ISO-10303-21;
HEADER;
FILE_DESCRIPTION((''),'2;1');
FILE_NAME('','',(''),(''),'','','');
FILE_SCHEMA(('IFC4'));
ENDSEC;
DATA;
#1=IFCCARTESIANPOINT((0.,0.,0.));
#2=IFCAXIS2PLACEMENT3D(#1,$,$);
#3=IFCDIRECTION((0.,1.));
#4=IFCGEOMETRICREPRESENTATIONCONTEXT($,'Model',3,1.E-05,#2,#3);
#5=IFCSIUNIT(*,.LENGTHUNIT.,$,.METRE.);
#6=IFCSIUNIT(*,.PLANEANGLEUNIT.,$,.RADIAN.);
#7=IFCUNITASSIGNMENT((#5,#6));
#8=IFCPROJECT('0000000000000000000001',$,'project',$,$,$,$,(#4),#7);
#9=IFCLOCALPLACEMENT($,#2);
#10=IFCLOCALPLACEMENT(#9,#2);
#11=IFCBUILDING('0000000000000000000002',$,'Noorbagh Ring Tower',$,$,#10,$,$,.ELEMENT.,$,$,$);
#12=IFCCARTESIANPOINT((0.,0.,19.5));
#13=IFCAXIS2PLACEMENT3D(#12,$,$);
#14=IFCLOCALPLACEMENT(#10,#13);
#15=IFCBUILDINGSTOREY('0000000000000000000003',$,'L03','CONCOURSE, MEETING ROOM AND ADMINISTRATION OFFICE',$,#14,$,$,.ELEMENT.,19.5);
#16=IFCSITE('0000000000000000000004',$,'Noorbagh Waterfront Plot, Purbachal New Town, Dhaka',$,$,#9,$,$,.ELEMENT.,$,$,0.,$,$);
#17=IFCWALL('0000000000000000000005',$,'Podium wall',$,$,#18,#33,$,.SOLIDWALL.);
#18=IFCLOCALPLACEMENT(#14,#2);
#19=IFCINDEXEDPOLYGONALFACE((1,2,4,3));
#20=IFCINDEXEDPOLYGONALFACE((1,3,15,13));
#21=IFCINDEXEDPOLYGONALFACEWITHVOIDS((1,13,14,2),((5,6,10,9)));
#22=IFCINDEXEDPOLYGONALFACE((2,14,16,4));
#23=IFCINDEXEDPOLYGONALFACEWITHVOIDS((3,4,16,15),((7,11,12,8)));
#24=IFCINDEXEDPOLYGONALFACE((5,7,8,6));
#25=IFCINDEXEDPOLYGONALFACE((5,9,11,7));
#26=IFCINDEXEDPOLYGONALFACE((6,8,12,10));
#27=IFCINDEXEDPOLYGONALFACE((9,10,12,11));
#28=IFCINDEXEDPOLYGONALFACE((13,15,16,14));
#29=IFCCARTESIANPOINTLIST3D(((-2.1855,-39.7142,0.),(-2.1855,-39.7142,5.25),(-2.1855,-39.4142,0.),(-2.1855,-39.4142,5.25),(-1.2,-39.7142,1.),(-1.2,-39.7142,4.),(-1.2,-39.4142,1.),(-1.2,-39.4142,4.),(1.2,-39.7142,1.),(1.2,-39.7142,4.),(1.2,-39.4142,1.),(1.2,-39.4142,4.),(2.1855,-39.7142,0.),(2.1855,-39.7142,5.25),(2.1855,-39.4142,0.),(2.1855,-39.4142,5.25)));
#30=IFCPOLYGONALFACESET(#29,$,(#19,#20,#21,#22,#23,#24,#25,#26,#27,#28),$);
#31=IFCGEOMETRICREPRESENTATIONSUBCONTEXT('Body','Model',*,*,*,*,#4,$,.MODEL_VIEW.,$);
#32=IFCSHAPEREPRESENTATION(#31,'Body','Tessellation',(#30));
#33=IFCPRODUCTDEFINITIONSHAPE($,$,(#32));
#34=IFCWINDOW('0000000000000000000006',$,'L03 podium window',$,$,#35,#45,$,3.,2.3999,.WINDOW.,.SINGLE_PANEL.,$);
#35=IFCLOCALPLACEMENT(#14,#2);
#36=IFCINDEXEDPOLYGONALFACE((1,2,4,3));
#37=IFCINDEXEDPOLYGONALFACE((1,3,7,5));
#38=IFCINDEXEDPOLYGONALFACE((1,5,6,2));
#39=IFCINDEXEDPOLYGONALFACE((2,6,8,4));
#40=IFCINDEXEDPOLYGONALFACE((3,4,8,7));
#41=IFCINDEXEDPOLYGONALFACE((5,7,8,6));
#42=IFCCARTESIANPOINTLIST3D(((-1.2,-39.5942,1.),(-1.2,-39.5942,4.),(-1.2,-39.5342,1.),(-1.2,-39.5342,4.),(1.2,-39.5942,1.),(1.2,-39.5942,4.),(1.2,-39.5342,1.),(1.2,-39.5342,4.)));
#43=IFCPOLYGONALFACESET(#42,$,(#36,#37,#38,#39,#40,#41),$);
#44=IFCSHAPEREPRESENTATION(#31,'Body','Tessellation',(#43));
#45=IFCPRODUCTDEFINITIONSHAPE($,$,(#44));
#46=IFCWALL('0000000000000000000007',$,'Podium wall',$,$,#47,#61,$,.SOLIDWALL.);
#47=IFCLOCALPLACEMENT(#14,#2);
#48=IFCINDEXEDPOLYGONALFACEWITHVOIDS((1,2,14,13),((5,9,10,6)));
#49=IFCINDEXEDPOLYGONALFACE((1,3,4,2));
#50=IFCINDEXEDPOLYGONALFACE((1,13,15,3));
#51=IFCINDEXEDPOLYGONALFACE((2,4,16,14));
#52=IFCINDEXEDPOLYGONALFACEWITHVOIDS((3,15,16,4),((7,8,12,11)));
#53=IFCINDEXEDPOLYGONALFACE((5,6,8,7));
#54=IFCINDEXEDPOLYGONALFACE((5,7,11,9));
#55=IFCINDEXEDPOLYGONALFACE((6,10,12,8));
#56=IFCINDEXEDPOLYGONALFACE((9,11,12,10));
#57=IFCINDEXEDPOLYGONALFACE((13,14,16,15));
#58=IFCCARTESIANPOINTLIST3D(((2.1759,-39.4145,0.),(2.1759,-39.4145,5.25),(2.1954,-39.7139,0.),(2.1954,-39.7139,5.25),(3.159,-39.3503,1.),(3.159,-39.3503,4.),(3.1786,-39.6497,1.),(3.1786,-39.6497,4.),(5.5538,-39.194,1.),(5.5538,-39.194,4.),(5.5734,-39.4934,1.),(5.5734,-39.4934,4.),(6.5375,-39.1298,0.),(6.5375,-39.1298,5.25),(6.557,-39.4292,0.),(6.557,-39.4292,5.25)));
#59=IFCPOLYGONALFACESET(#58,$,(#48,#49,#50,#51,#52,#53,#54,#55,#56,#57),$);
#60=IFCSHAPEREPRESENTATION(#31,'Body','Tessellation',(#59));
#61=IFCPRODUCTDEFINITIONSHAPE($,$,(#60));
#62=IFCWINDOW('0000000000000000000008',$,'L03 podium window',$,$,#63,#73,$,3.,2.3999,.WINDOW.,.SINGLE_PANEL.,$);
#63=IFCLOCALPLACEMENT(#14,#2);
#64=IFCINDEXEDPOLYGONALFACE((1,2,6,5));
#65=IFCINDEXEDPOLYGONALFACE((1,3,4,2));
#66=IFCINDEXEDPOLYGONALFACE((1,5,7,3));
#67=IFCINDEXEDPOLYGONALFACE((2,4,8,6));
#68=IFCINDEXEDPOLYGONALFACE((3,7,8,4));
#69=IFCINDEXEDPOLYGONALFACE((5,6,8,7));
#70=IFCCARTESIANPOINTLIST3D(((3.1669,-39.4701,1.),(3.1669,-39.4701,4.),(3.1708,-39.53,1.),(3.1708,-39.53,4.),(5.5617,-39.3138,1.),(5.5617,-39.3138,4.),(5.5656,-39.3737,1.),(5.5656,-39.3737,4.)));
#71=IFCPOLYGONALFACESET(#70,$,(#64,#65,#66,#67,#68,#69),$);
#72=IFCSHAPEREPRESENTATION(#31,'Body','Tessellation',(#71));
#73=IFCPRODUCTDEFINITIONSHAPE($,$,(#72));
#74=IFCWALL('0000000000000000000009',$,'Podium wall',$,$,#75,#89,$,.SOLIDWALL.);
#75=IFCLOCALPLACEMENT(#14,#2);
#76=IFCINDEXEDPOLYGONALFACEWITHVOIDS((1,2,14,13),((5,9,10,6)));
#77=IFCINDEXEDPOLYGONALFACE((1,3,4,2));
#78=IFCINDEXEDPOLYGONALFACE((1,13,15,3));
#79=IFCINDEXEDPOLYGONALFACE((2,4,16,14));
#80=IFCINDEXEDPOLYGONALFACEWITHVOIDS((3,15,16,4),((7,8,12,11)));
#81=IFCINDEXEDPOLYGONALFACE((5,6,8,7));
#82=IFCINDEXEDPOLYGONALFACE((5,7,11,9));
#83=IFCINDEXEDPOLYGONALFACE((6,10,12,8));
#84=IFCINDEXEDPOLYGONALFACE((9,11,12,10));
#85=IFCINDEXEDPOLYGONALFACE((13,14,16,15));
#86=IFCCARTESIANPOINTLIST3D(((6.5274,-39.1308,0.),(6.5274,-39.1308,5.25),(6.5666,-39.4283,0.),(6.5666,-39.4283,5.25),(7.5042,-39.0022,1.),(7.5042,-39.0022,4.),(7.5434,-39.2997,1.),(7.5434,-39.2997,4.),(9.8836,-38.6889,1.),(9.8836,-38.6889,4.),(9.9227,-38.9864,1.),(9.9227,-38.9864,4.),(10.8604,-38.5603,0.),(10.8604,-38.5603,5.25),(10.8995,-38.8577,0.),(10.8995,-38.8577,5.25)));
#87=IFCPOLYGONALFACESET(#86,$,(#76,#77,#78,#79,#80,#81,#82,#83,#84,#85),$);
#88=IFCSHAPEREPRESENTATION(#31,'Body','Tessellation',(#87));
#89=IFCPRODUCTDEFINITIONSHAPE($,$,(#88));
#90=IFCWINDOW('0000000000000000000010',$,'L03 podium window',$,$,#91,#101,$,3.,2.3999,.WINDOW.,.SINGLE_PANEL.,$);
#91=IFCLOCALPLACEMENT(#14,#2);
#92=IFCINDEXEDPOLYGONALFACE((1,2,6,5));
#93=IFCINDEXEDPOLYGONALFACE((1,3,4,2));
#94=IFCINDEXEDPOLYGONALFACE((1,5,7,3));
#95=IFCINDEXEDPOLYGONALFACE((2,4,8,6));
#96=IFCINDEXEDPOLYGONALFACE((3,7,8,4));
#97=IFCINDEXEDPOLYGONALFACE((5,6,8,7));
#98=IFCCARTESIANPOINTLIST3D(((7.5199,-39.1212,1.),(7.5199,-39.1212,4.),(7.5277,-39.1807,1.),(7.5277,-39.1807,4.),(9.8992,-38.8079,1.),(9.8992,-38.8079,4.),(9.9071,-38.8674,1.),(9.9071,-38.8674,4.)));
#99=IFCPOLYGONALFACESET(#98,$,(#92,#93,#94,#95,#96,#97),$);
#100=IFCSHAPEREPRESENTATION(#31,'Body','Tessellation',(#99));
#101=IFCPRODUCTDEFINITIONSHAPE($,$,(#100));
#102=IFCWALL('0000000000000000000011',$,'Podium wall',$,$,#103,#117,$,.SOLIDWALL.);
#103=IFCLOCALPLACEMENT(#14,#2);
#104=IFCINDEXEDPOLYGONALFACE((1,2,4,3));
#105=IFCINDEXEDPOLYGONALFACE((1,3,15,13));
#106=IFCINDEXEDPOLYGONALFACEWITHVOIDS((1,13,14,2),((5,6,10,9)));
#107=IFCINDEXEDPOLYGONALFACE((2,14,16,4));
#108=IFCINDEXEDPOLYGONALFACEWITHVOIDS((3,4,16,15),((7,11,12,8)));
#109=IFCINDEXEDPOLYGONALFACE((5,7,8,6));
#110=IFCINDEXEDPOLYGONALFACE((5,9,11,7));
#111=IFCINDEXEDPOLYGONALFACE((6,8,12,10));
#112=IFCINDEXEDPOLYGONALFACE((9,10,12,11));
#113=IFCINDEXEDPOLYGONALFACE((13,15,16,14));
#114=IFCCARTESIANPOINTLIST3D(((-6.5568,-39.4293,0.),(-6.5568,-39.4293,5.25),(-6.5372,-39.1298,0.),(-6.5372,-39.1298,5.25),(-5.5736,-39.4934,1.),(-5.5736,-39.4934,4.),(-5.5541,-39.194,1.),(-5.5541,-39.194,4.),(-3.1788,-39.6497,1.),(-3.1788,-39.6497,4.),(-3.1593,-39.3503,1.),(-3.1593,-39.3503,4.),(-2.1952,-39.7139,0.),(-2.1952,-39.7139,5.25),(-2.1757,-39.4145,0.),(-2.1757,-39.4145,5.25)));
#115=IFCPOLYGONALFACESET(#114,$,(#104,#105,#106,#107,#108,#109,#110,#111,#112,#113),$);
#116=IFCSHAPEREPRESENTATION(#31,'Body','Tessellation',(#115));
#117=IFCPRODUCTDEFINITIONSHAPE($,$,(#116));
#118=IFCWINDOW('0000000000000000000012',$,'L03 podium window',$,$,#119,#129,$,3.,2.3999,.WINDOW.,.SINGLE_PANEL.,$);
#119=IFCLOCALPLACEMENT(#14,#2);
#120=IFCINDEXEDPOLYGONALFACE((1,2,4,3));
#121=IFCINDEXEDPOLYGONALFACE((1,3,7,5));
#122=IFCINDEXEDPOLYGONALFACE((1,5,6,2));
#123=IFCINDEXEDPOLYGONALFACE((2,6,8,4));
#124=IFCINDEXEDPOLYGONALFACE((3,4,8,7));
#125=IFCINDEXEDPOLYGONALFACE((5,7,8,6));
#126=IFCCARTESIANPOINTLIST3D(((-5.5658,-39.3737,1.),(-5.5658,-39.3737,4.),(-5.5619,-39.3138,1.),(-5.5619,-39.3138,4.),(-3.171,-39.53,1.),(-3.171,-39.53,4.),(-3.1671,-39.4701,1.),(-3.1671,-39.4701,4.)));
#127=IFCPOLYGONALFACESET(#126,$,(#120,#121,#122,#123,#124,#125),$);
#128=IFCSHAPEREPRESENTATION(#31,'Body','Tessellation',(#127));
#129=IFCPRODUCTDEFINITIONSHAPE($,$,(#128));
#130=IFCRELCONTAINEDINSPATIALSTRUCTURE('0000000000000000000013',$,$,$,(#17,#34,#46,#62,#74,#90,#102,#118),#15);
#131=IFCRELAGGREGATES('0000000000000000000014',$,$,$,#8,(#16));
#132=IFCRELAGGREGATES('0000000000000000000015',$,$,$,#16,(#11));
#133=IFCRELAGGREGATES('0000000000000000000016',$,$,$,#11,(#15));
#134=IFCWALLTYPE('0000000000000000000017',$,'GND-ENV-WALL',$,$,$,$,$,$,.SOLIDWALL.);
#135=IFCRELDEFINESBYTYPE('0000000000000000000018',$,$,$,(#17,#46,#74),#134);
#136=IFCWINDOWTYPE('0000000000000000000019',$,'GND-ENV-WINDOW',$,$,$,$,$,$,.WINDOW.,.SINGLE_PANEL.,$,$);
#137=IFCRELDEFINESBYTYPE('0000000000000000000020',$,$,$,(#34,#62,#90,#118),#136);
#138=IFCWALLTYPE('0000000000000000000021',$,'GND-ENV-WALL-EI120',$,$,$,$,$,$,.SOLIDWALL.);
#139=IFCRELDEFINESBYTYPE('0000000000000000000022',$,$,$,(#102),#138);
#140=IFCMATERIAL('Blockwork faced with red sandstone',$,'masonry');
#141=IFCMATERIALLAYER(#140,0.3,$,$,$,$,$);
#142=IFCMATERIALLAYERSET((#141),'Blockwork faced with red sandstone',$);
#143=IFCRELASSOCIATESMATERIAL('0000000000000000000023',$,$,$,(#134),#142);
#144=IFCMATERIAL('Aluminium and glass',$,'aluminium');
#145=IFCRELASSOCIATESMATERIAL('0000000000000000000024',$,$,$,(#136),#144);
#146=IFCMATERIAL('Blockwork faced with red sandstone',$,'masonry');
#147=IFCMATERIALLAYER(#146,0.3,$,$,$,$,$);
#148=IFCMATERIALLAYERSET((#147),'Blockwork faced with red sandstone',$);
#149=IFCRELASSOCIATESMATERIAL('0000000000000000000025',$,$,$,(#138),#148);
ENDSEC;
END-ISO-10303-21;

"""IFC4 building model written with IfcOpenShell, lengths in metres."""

from ifc_helpers import new_model, si_unit, direction, frame, frame_2d, origin, place, context, subcontext, project, spatial, rectangle, extrude, material, layer, layer_set, type_object, element, fill, save


model = new_model("IFC4")

# Units and contexts
model_context = context("Model", 3, precision=1e-05, world=origin(), true_north=direction((0.0, 1.0)))
body_context = subcontext(model_context, "Body", "Model", "MODEL_VIEW")
ifc_project = project(units=[si_unit("LENGTHUNIT", "METRE"), si_unit("PLANEANGLEUNIT", "RADIAN")], contexts=[model_context])

# Site, building, storey
site_placement = place(None, origin())
site = spatial("IfcSite", under=ifc_project, at=site_placement, Name="Noorbagh Waterfront Plot, Purbachal New Town, Dhaka", CompositionType="ELEMENT", RefElevation=0.0)
building_placement = place(site_placement, origin())
building = spatial("IfcBuilding", under=site, at=building_placement, Name="Noorbagh Ring Tower", CompositionType="ELEMENT")
storey_placement = place(building_placement, frame((0.0, 0.0, 19.5)))
storey = spatial("IfcBuildingStorey", under=building, at=storey_placement, Name="L03", Description="CONCOURSE, MEETING ROOM AND ADMINISTRATION OFFICE", CompositionType="ELEMENT", Elevation=19.5)

# Walls, openings, windows
ifc_material_1 = material(Name="Blockwork faced with red sandstone", Category="masonry")
ifc_layer_1 = layer(ifc_material_1, 0.3)
ifc_layer_set_1 = layer_set([ifc_layer_1], Name="Blockwork faced with red sandstone")
wall_type_1 = type_object("IfcWallType", Name="GND-ENV-WALL", PredefinedType="SOLIDWALL", material=ifc_layer_set_1)
wall_1_placement = place(storey_placement, frame((-2.1855, -39.5642, 0.0), z_axis=(0.0, 0.0, 1.0), x_axis=(1.0, 0.0, 0.0)))
wall_1 = element("IfcWall", 1, at=wall_1_placement, inside=storey, type_object=wall_type_1, Name="Podium wall", PredefinedType="SOLIDWALL", context=body_context, shape_type="SweptSolid", body=[
    extrude(rectangle(XDim=4.3711, YDim=0.3, at=frame_2d((2.1855, 0.0))), origin(), (0.0, 0.0, 1.0), 5.25),
])
opening_1_placement = place(wall_1_placement, frame((0.9856, 0.0, 1.0)))
opening_1 = element("IfcOpeningElement", 2, at=opening_1_placement, cuts=wall_1, PredefinedType="OPENING", context=body_context, shape_type="SweptSolid", body=[
    extrude(rectangle(XDim=2.3999, YDim=3.0, at=frame_2d((1.2, 1.5))), frame((0.0, 0.1602, 0.0), z_axis=(0.0, -1.0, 0.0), x_axis=(1.0, 0.0, 0.0)), (0.0, 0.0, 1.0), 0.3201),
])
ifc_material_2 = material(Name="Aluminium and glass", Category="aluminium")
window_type = type_object("IfcWindowType", Name="GND-ENV-WINDOW", PartitioningType="SINGLE_PANEL", PredefinedType="WINDOW", material=ifc_material_2)
window_1_placement = place(opening_1_placement, origin())
window_1 = element("IfcWindow", 3, at=window_1_placement, inside=storey, type_object=window_type, Name="L03 podium window", OverallHeight=3.0, OverallWidth=2.3999, PartitioningType="SINGLE_PANEL", PredefinedType="WINDOW", context=body_context, shape_type="SweptSolid", body=[
    extrude(rectangle(XDim=2.3999, YDim=3.0, at=frame_2d((1.2, 1.5))), frame((0.0, 0.03, 0.0), z_axis=(0.0, -1.0, 0.0), x_axis=(1.0, 0.0, 0.0)), (0.0, 0.0, 1.0), 0.0601),
])
fill(opening_1, window_1)
wall_2_placement = place(storey_placement, frame((2.1855, -39.5642, 0.0), z_axis=(0.0, 0.0, 1.0), x_axis=(0.997877, 0.065129, 0.0)))
wall_2 = element("IfcWall", 4, at=wall_2_placement, inside=storey, type_object=wall_type_1, Name="Podium wall", PredefinedType="SOLIDWALL", context=body_context, shape_type="SweptSolid", body=[
    extrude(rectangle(XDim=4.3708, YDim=0.3, at=frame_2d((2.1855, 0.0))), origin(), (0.0, 0.0, 1.0), 5.25),
])
opening_2_placement = place(wall_2_placement, frame((0.9854, 0.0, 1.0)))
opening_2 = element("IfcOpeningElement", 5, at=opening_2_placement, cuts=wall_2, PredefinedType="OPENING", context=body_context, shape_type="SweptSolid", body=[
    extrude(rectangle(XDim=2.3999, YDim=3.0, at=frame_2d((1.2, 1.5))), frame((0.0, 0.1602, 0.0), z_axis=(0.0, -1.0, 0.0), x_axis=(1.0, 0.0, 0.0)), (0.0, 0.0, 1.0), 0.3201),
])
window_2_placement = place(opening_2_placement, origin())
window_2 = element("IfcWindow", 6, at=window_2_placement, inside=storey, type_object=window_type, Name="L03 podium window", OverallHeight=3.0, OverallWidth=2.3999, PartitioningType="SINGLE_PANEL", PredefinedType="WINDOW", context=body_context, shape_type="SweptSolid", body=[
    extrude(rectangle(XDim=2.3999, YDim=3.0, at=frame_2d((1.2, 1.5))), frame((0.0, 0.03, 0.0), z_axis=(0.0, -1.0, 0.0), x_axis=(1.0, 0.0, 0.0)), (0.0, 0.0, 1.0), 0.0601),
])
fill(opening_2, window_2)
wall_3_placement = place(storey_placement, frame((6.5471, -39.2795, 0.0), z_axis=(0.0, 0.0, 1.0), x_axis=(0.991442, 0.13055, 0.0)))
wall_3 = element("IfcWall", 7, at=wall_3_placement, inside=storey, type_object=wall_type_1, Name="Podium wall", PredefinedType="SOLIDWALL", context=body_context, shape_type="SweptSolid", body=[
    extrude(rectangle(XDim=4.3704, YDim=0.3, at=frame_2d((2.1851, 0.0))), origin(), (0.0, 0.0, 1.0), 5.25),
])
opening_3_placement = place(wall_3_placement, frame((0.9851, 0.0, 1.0)))
opening_3 = element("IfcOpeningElement", 8, at=opening_3_placement, cuts=wall_3, PredefinedType="OPENING", context=body_context, shape_type="SweptSolid", body=[
    extrude(rectangle(XDim=2.3999, YDim=3.0, at=frame_2d((1.2, 1.5))), frame((0.0, 0.1602, 0.0), z_axis=(0.0, -1.0, 0.0), x_axis=(1.0, 0.0, 0.0)), (0.0, 0.0, 1.0), 0.3201),
])
window_3_placement = place(opening_3_placement, origin())
window_3 = element("IfcWindow", 9, at=window_3_placement, inside=storey, type_object=window_type, Name="L03 podium window", OverallHeight=3.0, OverallWidth=2.3999, PartitioningType="SINGLE_PANEL", PredefinedType="WINDOW", context=body_context, shape_type="SweptSolid", body=[
    extrude(rectangle(XDim=2.3999, YDim=3.0, at=frame_2d((1.2, 1.5))), frame((0.0, 0.03, 0.0), z_axis=(0.0, -1.0, 0.0), x_axis=(1.0, 0.0, 0.0)), (0.0, 0.0, 1.0), 0.0601),
])
fill(opening_3, window_3)
ifc_material_3 = material(Name="Blockwork faced with red sandstone", Category="masonry")
ifc_layer_2 = layer(ifc_material_3, 0.3)
ifc_layer_set_2 = layer_set([ifc_layer_2], Name="Blockwork faced with red sandstone")
wall_type_2 = type_object("IfcWallType", Name="GND-ENV-WALL-EI120", PredefinedType="SOLIDWALL", material=ifc_layer_set_2)
wall_4_placement = place(storey_placement, frame((-6.5471, -39.2795, 0.0), z_axis=(0.0, 0.0, 1.0), x_axis=(0.997877, -0.065129, 0.0)))
wall_4 = element("IfcWall", 10, at=wall_4_placement, inside=storey, type_object=wall_type_2, Name="Podium wall", PredefinedType="SOLIDWALL", context=body_context, shape_type="SweptSolid", body=[
    extrude(rectangle(XDim=4.3708, YDim=0.3, at=frame_2d((2.1855, 0.0))), origin(), (0.0, 0.0, 1.0), 5.25),
])
opening_4_placement = place(wall_4_placement, frame((0.9854, 0.0, 1.0)))
opening_4 = element("IfcOpeningElement", 11, at=opening_4_placement, cuts=wall_4, PredefinedType="OPENING", context=body_context, shape_type="SweptSolid", body=[
    extrude(rectangle(XDim=2.3999, YDim=3.0, at=frame_2d((1.2, 1.5))), frame((0.0, 0.1602, 0.0), z_axis=(0.0, -1.0, 0.0), x_axis=(1.0, 0.0, 0.0)), (0.0, 0.0, 1.0), 0.3201),
])
window_4_placement = place(opening_4_placement, origin())
window_4 = element("IfcWindow", 12, at=window_4_placement, inside=storey, type_object=window_type, Name="L03 podium window", OverallHeight=3.0, OverallWidth=2.3999, PartitioningType="SINGLE_PANEL", PredefinedType="WINDOW", context=body_context, shape_type="SweptSolid", body=[
    extrude(rectangle(XDim=2.3999, YDim=3.0, at=frame_2d((1.2, 1.5))), frame((0.0, 0.03, 0.0), z_axis=(0.0, -1.0, 0.0), x_axis=(1.0, 0.0, 0.0)), (0.0, 0.0, 1.0), 0.0601),
])
fill(opening_4, window_4)

save(model, "model.ifc")
